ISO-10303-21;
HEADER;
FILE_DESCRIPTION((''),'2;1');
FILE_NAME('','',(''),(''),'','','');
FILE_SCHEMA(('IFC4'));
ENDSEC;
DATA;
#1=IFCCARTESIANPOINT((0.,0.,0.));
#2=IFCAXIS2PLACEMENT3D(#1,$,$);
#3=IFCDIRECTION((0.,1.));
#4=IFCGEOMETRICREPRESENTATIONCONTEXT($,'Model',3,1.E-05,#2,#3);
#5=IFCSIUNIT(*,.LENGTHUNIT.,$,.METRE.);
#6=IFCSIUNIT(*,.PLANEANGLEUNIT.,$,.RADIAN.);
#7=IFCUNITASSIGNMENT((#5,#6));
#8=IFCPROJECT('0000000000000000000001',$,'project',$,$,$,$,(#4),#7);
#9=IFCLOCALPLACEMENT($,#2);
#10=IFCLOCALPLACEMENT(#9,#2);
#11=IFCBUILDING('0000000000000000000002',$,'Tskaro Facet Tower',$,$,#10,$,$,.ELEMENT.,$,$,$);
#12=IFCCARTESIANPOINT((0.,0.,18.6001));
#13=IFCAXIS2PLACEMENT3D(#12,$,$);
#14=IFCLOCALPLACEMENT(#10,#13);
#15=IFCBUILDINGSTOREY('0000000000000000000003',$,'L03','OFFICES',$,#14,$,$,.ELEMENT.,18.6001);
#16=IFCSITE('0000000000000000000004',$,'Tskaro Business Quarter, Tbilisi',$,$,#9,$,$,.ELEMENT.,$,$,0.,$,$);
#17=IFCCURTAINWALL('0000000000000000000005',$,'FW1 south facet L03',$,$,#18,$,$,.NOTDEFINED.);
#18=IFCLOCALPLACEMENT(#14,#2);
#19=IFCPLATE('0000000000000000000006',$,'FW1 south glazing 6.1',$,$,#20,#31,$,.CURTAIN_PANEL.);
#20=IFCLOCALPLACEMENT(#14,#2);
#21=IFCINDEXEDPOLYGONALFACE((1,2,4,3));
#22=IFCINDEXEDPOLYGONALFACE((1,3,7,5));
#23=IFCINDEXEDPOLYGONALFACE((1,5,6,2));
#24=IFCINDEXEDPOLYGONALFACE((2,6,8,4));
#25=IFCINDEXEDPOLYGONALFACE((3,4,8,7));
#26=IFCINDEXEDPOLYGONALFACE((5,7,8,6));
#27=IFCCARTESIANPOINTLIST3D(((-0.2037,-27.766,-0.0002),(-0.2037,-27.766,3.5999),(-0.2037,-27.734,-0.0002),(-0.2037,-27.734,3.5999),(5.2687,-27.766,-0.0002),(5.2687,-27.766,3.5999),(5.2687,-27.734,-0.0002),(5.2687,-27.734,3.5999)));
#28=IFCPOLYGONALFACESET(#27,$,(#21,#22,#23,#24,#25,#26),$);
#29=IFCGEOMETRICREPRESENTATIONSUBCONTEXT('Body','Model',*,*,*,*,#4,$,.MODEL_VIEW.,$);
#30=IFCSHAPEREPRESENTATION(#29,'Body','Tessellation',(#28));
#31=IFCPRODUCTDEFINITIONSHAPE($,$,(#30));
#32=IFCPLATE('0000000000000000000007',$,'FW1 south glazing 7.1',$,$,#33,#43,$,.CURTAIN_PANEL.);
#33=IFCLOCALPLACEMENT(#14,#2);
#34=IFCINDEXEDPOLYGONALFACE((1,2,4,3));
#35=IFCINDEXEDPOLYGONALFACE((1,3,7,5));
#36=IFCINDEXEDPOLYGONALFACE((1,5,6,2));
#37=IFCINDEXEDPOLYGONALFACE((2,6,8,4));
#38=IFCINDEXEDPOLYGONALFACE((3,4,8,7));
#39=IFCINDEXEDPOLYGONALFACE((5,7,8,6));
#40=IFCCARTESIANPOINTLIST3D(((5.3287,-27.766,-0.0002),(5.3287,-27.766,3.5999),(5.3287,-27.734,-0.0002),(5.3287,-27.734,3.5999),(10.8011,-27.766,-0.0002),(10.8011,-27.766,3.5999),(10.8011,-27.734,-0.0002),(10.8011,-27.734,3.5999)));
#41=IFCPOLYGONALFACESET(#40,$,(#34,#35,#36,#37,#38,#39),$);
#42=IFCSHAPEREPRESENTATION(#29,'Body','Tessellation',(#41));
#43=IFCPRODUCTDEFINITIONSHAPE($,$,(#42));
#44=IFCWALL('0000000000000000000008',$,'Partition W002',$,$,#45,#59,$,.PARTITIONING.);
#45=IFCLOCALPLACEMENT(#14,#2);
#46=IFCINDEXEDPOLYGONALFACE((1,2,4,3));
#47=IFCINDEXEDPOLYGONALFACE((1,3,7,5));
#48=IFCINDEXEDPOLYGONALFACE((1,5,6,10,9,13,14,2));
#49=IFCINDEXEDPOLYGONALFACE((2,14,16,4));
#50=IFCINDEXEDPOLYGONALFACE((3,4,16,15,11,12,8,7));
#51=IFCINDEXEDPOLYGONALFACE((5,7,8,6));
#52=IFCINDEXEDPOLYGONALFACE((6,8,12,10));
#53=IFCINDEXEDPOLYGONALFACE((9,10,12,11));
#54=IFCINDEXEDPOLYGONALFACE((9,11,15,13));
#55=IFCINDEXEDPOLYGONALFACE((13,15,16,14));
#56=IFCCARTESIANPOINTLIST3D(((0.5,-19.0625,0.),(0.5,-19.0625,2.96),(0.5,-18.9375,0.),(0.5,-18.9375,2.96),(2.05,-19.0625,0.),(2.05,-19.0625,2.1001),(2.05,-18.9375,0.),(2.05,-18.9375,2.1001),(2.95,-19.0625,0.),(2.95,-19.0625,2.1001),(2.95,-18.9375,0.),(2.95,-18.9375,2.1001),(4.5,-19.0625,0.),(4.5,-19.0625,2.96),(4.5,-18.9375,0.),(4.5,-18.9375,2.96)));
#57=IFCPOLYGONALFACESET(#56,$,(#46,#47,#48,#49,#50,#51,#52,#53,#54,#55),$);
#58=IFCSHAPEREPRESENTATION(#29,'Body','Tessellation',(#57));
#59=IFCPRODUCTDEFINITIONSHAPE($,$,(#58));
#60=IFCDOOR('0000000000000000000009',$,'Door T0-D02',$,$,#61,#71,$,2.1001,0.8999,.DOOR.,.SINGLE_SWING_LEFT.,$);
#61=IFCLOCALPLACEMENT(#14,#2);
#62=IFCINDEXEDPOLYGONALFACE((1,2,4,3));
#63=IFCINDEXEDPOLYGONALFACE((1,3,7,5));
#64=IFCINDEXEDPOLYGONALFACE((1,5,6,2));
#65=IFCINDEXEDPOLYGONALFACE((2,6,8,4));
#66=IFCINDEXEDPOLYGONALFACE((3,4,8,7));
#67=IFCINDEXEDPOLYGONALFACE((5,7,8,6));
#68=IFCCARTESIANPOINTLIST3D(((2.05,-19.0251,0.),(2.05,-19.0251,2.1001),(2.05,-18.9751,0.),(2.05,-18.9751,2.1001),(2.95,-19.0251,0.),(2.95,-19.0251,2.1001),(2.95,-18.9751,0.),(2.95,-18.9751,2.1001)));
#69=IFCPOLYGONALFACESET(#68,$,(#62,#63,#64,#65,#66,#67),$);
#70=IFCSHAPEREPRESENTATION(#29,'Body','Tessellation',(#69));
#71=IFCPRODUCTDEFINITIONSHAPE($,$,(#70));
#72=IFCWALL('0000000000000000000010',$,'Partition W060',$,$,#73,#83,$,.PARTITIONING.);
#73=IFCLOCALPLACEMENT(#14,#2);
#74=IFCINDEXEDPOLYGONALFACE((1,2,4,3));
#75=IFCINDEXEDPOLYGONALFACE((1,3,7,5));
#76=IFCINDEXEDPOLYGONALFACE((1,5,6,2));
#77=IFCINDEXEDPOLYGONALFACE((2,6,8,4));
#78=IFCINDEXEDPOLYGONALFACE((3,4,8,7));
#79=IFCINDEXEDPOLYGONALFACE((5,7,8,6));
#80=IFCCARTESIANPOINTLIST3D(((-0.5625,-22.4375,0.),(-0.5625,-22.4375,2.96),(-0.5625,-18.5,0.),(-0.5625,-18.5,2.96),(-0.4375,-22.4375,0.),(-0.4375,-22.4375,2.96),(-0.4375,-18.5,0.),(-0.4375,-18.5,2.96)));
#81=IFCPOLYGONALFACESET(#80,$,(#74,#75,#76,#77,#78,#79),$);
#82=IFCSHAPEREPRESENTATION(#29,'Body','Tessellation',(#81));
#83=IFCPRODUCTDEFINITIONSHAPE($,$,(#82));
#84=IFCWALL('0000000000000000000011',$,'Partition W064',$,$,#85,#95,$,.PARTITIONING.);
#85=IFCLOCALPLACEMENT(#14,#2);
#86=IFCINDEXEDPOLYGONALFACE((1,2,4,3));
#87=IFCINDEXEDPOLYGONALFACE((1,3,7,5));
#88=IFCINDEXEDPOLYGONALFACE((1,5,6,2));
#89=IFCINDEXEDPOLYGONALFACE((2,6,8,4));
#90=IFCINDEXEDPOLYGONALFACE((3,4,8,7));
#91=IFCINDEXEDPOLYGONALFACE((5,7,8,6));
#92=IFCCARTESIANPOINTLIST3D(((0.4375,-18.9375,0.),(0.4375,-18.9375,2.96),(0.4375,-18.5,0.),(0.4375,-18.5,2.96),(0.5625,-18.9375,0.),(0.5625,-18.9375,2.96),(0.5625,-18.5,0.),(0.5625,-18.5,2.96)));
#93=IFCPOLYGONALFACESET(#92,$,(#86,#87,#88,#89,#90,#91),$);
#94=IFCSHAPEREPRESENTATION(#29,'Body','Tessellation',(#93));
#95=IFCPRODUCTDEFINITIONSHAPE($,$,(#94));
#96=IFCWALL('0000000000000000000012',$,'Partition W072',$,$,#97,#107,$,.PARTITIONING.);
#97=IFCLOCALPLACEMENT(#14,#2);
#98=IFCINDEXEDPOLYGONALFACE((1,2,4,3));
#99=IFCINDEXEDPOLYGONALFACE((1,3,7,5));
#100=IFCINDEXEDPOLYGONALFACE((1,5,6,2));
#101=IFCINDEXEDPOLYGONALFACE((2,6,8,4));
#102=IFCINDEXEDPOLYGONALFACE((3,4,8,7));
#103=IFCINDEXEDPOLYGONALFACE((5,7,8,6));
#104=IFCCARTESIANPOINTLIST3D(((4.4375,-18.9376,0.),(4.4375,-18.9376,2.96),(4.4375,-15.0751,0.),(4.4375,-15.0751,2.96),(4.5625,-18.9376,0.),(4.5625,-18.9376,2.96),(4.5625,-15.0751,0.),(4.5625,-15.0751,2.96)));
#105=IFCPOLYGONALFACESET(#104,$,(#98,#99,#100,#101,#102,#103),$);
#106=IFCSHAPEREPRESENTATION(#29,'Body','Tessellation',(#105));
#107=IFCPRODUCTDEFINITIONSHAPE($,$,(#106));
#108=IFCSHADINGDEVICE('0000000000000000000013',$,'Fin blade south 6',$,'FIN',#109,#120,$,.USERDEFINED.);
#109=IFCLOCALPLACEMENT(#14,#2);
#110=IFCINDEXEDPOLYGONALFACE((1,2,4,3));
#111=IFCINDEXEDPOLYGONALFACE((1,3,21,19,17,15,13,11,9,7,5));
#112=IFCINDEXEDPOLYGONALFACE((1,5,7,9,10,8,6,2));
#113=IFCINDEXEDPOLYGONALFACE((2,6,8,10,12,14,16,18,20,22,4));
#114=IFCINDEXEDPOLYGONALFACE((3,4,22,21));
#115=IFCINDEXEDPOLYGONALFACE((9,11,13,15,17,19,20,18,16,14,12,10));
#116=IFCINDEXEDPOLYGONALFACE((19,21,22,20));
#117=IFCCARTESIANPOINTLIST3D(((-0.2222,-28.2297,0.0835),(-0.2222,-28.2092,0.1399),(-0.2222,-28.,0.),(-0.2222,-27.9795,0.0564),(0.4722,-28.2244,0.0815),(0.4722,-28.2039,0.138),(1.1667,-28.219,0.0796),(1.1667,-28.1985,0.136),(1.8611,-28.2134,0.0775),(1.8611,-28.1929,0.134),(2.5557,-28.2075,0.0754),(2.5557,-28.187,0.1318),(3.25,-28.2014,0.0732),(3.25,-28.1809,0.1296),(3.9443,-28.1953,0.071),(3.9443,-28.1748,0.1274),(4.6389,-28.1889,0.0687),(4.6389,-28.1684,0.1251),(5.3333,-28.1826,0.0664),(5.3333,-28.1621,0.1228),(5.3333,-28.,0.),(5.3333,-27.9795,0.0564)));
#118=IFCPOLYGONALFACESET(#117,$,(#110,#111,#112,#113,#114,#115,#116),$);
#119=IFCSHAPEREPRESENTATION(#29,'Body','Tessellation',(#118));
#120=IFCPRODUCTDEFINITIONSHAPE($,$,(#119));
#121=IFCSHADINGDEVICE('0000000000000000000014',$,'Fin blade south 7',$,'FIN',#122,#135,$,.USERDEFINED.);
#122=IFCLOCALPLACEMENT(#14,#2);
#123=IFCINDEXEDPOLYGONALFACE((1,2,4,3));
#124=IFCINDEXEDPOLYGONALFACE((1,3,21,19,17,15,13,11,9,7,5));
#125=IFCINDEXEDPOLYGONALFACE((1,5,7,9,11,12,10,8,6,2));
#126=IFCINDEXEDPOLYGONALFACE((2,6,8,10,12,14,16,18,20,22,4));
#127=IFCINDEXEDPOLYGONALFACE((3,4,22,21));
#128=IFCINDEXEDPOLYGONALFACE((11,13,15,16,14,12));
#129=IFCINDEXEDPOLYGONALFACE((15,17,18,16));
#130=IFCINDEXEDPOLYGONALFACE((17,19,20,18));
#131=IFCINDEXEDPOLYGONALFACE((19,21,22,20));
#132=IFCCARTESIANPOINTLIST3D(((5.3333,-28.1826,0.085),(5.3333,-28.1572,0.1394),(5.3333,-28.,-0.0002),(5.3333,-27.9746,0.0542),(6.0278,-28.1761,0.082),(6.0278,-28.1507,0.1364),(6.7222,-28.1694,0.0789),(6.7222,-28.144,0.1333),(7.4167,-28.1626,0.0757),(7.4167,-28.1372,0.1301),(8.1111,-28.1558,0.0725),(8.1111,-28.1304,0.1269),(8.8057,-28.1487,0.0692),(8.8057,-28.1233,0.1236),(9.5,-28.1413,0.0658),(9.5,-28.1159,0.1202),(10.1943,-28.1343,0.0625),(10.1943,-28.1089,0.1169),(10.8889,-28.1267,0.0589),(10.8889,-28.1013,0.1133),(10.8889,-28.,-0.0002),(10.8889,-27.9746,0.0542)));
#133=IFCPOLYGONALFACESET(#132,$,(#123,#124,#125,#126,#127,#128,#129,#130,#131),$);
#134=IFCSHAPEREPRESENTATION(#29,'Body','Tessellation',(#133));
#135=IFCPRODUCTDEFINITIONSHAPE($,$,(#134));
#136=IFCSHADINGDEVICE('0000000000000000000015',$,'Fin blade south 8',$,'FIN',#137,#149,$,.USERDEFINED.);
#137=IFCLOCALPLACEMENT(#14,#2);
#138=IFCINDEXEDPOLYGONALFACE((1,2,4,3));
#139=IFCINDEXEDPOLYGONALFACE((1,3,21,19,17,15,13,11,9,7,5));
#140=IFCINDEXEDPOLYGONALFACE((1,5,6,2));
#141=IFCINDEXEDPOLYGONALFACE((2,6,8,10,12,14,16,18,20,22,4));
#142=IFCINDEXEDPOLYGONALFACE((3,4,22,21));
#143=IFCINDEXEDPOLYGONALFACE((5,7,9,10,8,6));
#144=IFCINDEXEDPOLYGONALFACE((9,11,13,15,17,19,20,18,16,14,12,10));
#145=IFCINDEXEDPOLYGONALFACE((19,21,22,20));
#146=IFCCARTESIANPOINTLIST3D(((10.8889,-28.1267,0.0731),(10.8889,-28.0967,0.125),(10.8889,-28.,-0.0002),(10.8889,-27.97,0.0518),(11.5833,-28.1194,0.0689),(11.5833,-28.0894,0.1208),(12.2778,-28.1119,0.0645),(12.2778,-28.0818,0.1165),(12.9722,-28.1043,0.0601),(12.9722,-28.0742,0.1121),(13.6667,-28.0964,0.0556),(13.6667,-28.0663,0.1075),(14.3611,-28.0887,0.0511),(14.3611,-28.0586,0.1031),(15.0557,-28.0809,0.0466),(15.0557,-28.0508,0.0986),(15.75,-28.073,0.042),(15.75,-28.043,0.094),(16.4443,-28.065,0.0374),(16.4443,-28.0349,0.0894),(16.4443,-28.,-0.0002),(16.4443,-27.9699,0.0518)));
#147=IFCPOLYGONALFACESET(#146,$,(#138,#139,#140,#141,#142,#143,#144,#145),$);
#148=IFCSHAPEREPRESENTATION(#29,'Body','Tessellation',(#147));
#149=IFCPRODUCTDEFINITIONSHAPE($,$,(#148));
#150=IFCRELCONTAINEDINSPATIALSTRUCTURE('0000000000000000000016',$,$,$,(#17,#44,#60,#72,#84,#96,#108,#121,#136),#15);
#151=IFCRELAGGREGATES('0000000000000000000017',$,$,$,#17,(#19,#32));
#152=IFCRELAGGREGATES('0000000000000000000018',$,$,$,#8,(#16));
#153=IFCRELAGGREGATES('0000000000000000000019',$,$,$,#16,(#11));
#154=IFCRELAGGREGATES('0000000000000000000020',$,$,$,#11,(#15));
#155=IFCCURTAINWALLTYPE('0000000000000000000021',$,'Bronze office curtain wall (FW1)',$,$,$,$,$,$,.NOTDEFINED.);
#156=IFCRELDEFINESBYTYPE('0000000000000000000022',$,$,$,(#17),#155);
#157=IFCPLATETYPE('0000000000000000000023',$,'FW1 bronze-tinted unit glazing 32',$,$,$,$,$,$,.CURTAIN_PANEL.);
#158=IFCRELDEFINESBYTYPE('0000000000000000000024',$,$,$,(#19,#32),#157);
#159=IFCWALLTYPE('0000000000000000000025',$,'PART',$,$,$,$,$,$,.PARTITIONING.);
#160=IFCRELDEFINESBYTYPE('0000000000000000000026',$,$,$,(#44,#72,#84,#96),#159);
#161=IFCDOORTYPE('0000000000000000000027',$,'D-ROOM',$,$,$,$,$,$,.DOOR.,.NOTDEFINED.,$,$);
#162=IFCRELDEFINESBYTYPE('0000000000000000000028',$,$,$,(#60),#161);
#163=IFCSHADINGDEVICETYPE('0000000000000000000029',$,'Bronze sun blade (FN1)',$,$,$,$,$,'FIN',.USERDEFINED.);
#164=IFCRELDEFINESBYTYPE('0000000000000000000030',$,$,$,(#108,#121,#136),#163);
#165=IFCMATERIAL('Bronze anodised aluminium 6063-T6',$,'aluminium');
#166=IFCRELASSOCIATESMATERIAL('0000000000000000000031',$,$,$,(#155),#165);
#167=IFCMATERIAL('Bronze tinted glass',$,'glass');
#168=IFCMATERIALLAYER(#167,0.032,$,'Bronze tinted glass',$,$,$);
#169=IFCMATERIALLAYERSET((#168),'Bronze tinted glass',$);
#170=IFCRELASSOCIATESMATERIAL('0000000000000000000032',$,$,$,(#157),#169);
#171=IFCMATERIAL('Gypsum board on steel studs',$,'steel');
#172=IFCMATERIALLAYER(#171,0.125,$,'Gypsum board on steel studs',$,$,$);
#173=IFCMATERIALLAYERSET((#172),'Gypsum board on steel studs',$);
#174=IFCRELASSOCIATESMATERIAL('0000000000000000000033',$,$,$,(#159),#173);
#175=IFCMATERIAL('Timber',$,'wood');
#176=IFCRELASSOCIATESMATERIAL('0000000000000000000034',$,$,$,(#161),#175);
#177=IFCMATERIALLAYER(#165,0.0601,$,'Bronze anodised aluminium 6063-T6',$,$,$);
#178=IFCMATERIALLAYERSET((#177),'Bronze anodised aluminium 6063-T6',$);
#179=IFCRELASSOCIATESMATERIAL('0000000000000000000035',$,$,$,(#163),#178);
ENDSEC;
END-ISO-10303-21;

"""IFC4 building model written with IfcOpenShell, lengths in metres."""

from ifc_helpers import new_model, si_unit, direction, frame, frame_2d, origin, origin_2d, place, context, subcontext, project, spatial, polyline, rectangle, outline, extrude, material, layer, layer_set, type_object, element, fill, aggregate, save


model = new_model("IFC4")

# Units and contexts
model_context = context("Model", 3, precision=1e-05, world=origin(), true_north=direction((0.0, 1.0)))
body_context = subcontext(model_context, "Body", "Model", "MODEL_VIEW")
ifc_project = project(units=[si_unit("LENGTHUNIT", "METRE"), si_unit("PLANEANGLEUNIT", "RADIAN")], contexts=[model_context])

# Site, building, storey
site_placement = place(None, origin())
site = spatial("IfcSite", under=ifc_project, at=site_placement, Name="Tskaro Business Quarter, Tbilisi", CompositionType="ELEMENT", RefElevation=0.0)
building_placement = place(site_placement, origin())
building = spatial("IfcBuilding", under=site, at=building_placement, Name="Tskaro Facet Tower", CompositionType="ELEMENT")
storey_placement = place(building_placement, frame((0.0, 0.0, 18.6001)))
storey = spatial("IfcBuildingStorey", under=building, at=storey_placement, Name="L03", Description="OFFICES", CompositionType="ELEMENT", Elevation=18.6001)

# Curtain wall
ifc_material_1 = material(Name="Bronze anodised aluminium 6063-T6", Category="aluminium")
curtain_wall_type = type_object("IfcCurtainWallType", Name="Bronze office curtain wall (FW1)", PredefinedType="NOTDEFINED", material=ifc_material_1)
curtain_wall_placement = place(storey_placement, origin())
curtain_wall = element("IfcCurtainWall", 1, at=curtain_wall_placement, inside=storey, type_object=curtain_wall_type, Name="FW1 south facet L03", PredefinedType="NOTDEFINED")

# Plates
ifc_material_2 = material(Name="Bronze tinted glass", Category="glass")
ifc_layer_1 = layer(ifc_material_2, 0.032, Name="Bronze tinted glass")
ifc_layer_set_1 = layer_set([ifc_layer_1], Name="Bronze tinted glass")
plate_type = type_object("IfcPlateType", Name="FW1 bronze-tinted unit glazing 32", PredefinedType="CURTAIN_PANEL", material=ifc_layer_set_1)
plate_1_placement = place(storey_placement, frame((2.5325, -27.75, -0.0002), z_axis=(0.0, 0.0, 1.0), x_axis=(1.0, 0.0, 0.0)))
plate_1 = element("IfcPlate", 2, at=plate_1_placement, type_object=plate_type, Name="FW1 south glazing 6.1", PredefinedType="CURTAIN_PANEL", context=body_context, shape_type="SweptSolid", body=[
    extrude(rectangle(XDim=5.4724, YDim=0.032, at=origin_2d()), origin(), (0.0, 0.0, 1.0), 3.6001),
])
plate_2_placement = place(storey_placement, frame((8.0649, -27.75, -0.0002), z_axis=(0.0, 0.0, 1.0), x_axis=(1.0, 0.0, 0.0)))
plate_2 = element("IfcPlate", 3, at=plate_2_placement, type_object=plate_type, Name="FW1 south glazing 7.1", PredefinedType="CURTAIN_PANEL", context=body_context, shape_type="SweptSolid", body=[
    extrude(rectangle(XDim=5.4724, YDim=0.032, at=origin_2d()), origin(), (0.0, 0.0, 1.0), 3.6001),
])
aggregate(curtain_wall, [plate_1, plate_2])

# Wall, opening, door
ifc_material_3 = material(Name="Gypsum board on steel studs", Category="steel")
ifc_layer_2 = layer(ifc_material_3, 0.125, Name="Gypsum board on steel studs")
ifc_layer_set_2 = layer_set([ifc_layer_2], Name="Gypsum board on steel studs")
wall_type = type_object("IfcWallType", Name="PART", PredefinedType="PARTITIONING", material=ifc_layer_set_2)
wall_1_placement = place(storey_placement, frame((0.5, -19.0, 0.0), z_axis=(0.0, 0.0, 1.0), x_axis=(1.0, 0.0, 0.0)))
wall_1 = element("IfcWall", 4, at=wall_1_placement, inside=storey, type_object=wall_type, Name="Partition W002", PredefinedType="PARTITIONING", context=body_context, shape_type="SweptSolid", body=[
    extrude(rectangle(XDim=4.0, YDim=0.125, at=frame_2d((2.0, 0.0))), origin(), (0.0, 0.0, 1.0), 2.96),
])
opening_placement = place(wall_1_placement, frame((1.55, 0.0, 0.0)))
opening = element("IfcOpeningElement", 5, at=opening_placement, cuts=wall_1, PredefinedType="OPENING", context=body_context, shape_type="SweptSolid", body=[
    extrude(rectangle(XDim=0.8999, YDim=2.1001, at=frame_2d((0.45, 1.05))), frame((0.0, 0.0725, 0.0), z_axis=(0.0, -1.0, 0.0), x_axis=(1.0, 0.0, 0.0)), (0.0, 0.0, 1.0), 0.145),
])
ifc_material_4 = material(Name="Timber", Category="wood")
door_type = type_object("IfcDoorType", Name="D-ROOM", OperationType="NOTDEFINED", PredefinedType="DOOR", material=ifc_material_4)
door_placement = place(opening_placement, origin())
door = element("IfcDoor", 6, at=door_placement, inside=storey, type_object=door_type, Name="Door T0-D02", OperationType="SINGLE_SWING_LEFT", OverallHeight=2.1001, OverallWidth=0.8999, PredefinedType="DOOR", context=body_context, shape_type="SweptSolid", body=[
    extrude(rectangle(XDim=0.8999, YDim=2.1001, at=frame_2d((0.45, 1.05))), frame((0.0, 0.0249, 0.0), z_axis=(0.0, -1.0, 0.0), x_axis=(1.0, 0.0, 0.0)), (0.0, 0.0, 1.0), 0.05),
])
fill(opening, door)

# Walls
wall_2_placement = place(storey_placement, frame((-0.5, -22.4375, 0.0), z_axis=(0.0, 0.0, 1.0), x_axis=(0.0, 1.0, 0.0)))
element("IfcWall", 7, at=wall_2_placement, inside=storey, type_object=wall_type, Name="Partition W060", PredefinedType="PARTITIONING", context=body_context, shape_type="SweptSolid", body=[
    extrude(rectangle(XDim=3.9375, YDim=0.125, at=frame_2d((1.9688, 0.0))), origin(), (0.0, 0.0, 1.0), 2.96),
])
wall_3_placement = place(storey_placement, frame((0.5, -18.9375, 0.0), z_axis=(0.0, 0.0, 1.0), x_axis=(0.0, 1.0, 0.0)))
element("IfcWall", 8, at=wall_3_placement, inside=storey, type_object=wall_type, Name="Partition W064", PredefinedType="PARTITIONING", context=body_context, shape_type="SweptSolid", body=[
    extrude(rectangle(XDim=0.4375, YDim=0.125, at=frame_2d((0.2188, 0.0))), origin(), (0.0, 0.0, 1.0), 2.96),
])
wall_4_placement = place(storey_placement, frame((4.5, -18.9375, 0.0), z_axis=(0.0, 0.0, 1.0), x_axis=(0.0, 1.0, 0.0)))
element("IfcWall", 9, at=wall_4_placement, inside=storey, type_object=wall_type, Name="Partition W072", PredefinedType="PARTITIONING", context=body_context, shape_type="SweptSolid", body=[
    extrude(rectangle(XDim=3.8625, YDim=0.125, at=frame_2d((1.9312, 0.0))), origin(), (0.0, 0.0, 1.0), 2.96),
])

# Shading devices
ifc_layer_3 = layer(ifc_material_1, 0.0601, Name="Bronze anodised aluminium 6063-T6")
ifc_layer_set_3 = layer_set([ifc_layer_3], Name="Bronze anodised aluminium 6063-T6")
shading_device_type = type_object("IfcShadingDeviceType", Name="Bronze sun blade (FN1)", ElementType="FIN", PredefinedType="USERDEFINED", material=ifc_layer_set_3)
shading_device_1_placement = place(storey_placement, frame((-0.2222, -27.9795, 0.0564), z_axis=(-0.000003, 0.341654, 0.939826), x_axis=(1.0, 0.000001, 0.000003)))
element("IfcShadingDevice", 10, at=shading_device_1_placement, inside=storey, type_object=shading_device_type, Name="Fin blade south 6", ObjectType="FIN", PredefinedType="USERDEFINED", context=body_context, shape_type="SweptSolid", body=[
    extrude(outline(polyline([(0.0, 0.0), (5.5554, 0.0), (5.5554, -0.1943), (4.8611, -0.201), (4.1665, -0.2078), (3.4722, -0.2143), (2.7778, -0.2208), (2.0833, -0.2271), (1.3889, -0.233), (0.6943, -0.2387), (0.0, -0.2444), (0.0, 0.0)])), origin(), (0.0, 0.0, -1.0), 0.0601),
])
shading_device_2_placement = place(storey_placement, frame((5.3333, -27.9746, 0.0542), z_axis=(0.0, 0.423022, 0.906119), x_axis=(1.0, 0.0, 0.0)))
element("IfcShadingDevice", 11, at=shading_device_2_placement, inside=storey, type_object=shading_device_type, Name="Fin blade south 7", ObjectType="FIN", PredefinedType="USERDEFINED", context=body_context, shape_type="SweptSolid", body=[
    extrude(outline(polyline([(0.0, 0.0), (5.5557, 0.0), (5.5557, -0.1398), (4.8611, -0.1482), (4.1667, -0.156), (3.4724, -0.1641), (2.7778, -0.1719), (2.0835, -0.1795), (1.3889, -0.187), (0.6946, -0.1943), (0.0, -0.2015), (0.0, 0.0)])), origin(), (0.0, 0.0, -1.0), 0.0601),
])
shading_device_3_placement = place(storey_placement, frame((10.8889, -27.97, 0.0518), z_axis=(-0.000008, 0.500771, 0.86558), x_axis=(1.0, 0.000004, 0.000007)))
element("IfcShadingDevice", 12, at=shading_device_3_placement, inside=storey, type_object=shading_device_type, Name="Fin blade south 8", ObjectType="FIN", PredefinedType="USERDEFINED", context=body_context, shape_type="SweptSolid", body=[
    extrude(outline(polyline([(0.0, 0.0), (5.5554, 0.0), (5.5554, -0.075), (4.8611, -0.0843), (4.1667, -0.0934), (3.4722, -0.1024), (2.7778, -0.1113), (2.0833, -0.1204), (1.3889, -0.1292), (0.6943, -0.1379), (0.0, -0.1464), (0.0, 0.0)])), origin(), (0.0, 0.0, -1.0), 0.0601),
])

save(model, "model.ifc")
